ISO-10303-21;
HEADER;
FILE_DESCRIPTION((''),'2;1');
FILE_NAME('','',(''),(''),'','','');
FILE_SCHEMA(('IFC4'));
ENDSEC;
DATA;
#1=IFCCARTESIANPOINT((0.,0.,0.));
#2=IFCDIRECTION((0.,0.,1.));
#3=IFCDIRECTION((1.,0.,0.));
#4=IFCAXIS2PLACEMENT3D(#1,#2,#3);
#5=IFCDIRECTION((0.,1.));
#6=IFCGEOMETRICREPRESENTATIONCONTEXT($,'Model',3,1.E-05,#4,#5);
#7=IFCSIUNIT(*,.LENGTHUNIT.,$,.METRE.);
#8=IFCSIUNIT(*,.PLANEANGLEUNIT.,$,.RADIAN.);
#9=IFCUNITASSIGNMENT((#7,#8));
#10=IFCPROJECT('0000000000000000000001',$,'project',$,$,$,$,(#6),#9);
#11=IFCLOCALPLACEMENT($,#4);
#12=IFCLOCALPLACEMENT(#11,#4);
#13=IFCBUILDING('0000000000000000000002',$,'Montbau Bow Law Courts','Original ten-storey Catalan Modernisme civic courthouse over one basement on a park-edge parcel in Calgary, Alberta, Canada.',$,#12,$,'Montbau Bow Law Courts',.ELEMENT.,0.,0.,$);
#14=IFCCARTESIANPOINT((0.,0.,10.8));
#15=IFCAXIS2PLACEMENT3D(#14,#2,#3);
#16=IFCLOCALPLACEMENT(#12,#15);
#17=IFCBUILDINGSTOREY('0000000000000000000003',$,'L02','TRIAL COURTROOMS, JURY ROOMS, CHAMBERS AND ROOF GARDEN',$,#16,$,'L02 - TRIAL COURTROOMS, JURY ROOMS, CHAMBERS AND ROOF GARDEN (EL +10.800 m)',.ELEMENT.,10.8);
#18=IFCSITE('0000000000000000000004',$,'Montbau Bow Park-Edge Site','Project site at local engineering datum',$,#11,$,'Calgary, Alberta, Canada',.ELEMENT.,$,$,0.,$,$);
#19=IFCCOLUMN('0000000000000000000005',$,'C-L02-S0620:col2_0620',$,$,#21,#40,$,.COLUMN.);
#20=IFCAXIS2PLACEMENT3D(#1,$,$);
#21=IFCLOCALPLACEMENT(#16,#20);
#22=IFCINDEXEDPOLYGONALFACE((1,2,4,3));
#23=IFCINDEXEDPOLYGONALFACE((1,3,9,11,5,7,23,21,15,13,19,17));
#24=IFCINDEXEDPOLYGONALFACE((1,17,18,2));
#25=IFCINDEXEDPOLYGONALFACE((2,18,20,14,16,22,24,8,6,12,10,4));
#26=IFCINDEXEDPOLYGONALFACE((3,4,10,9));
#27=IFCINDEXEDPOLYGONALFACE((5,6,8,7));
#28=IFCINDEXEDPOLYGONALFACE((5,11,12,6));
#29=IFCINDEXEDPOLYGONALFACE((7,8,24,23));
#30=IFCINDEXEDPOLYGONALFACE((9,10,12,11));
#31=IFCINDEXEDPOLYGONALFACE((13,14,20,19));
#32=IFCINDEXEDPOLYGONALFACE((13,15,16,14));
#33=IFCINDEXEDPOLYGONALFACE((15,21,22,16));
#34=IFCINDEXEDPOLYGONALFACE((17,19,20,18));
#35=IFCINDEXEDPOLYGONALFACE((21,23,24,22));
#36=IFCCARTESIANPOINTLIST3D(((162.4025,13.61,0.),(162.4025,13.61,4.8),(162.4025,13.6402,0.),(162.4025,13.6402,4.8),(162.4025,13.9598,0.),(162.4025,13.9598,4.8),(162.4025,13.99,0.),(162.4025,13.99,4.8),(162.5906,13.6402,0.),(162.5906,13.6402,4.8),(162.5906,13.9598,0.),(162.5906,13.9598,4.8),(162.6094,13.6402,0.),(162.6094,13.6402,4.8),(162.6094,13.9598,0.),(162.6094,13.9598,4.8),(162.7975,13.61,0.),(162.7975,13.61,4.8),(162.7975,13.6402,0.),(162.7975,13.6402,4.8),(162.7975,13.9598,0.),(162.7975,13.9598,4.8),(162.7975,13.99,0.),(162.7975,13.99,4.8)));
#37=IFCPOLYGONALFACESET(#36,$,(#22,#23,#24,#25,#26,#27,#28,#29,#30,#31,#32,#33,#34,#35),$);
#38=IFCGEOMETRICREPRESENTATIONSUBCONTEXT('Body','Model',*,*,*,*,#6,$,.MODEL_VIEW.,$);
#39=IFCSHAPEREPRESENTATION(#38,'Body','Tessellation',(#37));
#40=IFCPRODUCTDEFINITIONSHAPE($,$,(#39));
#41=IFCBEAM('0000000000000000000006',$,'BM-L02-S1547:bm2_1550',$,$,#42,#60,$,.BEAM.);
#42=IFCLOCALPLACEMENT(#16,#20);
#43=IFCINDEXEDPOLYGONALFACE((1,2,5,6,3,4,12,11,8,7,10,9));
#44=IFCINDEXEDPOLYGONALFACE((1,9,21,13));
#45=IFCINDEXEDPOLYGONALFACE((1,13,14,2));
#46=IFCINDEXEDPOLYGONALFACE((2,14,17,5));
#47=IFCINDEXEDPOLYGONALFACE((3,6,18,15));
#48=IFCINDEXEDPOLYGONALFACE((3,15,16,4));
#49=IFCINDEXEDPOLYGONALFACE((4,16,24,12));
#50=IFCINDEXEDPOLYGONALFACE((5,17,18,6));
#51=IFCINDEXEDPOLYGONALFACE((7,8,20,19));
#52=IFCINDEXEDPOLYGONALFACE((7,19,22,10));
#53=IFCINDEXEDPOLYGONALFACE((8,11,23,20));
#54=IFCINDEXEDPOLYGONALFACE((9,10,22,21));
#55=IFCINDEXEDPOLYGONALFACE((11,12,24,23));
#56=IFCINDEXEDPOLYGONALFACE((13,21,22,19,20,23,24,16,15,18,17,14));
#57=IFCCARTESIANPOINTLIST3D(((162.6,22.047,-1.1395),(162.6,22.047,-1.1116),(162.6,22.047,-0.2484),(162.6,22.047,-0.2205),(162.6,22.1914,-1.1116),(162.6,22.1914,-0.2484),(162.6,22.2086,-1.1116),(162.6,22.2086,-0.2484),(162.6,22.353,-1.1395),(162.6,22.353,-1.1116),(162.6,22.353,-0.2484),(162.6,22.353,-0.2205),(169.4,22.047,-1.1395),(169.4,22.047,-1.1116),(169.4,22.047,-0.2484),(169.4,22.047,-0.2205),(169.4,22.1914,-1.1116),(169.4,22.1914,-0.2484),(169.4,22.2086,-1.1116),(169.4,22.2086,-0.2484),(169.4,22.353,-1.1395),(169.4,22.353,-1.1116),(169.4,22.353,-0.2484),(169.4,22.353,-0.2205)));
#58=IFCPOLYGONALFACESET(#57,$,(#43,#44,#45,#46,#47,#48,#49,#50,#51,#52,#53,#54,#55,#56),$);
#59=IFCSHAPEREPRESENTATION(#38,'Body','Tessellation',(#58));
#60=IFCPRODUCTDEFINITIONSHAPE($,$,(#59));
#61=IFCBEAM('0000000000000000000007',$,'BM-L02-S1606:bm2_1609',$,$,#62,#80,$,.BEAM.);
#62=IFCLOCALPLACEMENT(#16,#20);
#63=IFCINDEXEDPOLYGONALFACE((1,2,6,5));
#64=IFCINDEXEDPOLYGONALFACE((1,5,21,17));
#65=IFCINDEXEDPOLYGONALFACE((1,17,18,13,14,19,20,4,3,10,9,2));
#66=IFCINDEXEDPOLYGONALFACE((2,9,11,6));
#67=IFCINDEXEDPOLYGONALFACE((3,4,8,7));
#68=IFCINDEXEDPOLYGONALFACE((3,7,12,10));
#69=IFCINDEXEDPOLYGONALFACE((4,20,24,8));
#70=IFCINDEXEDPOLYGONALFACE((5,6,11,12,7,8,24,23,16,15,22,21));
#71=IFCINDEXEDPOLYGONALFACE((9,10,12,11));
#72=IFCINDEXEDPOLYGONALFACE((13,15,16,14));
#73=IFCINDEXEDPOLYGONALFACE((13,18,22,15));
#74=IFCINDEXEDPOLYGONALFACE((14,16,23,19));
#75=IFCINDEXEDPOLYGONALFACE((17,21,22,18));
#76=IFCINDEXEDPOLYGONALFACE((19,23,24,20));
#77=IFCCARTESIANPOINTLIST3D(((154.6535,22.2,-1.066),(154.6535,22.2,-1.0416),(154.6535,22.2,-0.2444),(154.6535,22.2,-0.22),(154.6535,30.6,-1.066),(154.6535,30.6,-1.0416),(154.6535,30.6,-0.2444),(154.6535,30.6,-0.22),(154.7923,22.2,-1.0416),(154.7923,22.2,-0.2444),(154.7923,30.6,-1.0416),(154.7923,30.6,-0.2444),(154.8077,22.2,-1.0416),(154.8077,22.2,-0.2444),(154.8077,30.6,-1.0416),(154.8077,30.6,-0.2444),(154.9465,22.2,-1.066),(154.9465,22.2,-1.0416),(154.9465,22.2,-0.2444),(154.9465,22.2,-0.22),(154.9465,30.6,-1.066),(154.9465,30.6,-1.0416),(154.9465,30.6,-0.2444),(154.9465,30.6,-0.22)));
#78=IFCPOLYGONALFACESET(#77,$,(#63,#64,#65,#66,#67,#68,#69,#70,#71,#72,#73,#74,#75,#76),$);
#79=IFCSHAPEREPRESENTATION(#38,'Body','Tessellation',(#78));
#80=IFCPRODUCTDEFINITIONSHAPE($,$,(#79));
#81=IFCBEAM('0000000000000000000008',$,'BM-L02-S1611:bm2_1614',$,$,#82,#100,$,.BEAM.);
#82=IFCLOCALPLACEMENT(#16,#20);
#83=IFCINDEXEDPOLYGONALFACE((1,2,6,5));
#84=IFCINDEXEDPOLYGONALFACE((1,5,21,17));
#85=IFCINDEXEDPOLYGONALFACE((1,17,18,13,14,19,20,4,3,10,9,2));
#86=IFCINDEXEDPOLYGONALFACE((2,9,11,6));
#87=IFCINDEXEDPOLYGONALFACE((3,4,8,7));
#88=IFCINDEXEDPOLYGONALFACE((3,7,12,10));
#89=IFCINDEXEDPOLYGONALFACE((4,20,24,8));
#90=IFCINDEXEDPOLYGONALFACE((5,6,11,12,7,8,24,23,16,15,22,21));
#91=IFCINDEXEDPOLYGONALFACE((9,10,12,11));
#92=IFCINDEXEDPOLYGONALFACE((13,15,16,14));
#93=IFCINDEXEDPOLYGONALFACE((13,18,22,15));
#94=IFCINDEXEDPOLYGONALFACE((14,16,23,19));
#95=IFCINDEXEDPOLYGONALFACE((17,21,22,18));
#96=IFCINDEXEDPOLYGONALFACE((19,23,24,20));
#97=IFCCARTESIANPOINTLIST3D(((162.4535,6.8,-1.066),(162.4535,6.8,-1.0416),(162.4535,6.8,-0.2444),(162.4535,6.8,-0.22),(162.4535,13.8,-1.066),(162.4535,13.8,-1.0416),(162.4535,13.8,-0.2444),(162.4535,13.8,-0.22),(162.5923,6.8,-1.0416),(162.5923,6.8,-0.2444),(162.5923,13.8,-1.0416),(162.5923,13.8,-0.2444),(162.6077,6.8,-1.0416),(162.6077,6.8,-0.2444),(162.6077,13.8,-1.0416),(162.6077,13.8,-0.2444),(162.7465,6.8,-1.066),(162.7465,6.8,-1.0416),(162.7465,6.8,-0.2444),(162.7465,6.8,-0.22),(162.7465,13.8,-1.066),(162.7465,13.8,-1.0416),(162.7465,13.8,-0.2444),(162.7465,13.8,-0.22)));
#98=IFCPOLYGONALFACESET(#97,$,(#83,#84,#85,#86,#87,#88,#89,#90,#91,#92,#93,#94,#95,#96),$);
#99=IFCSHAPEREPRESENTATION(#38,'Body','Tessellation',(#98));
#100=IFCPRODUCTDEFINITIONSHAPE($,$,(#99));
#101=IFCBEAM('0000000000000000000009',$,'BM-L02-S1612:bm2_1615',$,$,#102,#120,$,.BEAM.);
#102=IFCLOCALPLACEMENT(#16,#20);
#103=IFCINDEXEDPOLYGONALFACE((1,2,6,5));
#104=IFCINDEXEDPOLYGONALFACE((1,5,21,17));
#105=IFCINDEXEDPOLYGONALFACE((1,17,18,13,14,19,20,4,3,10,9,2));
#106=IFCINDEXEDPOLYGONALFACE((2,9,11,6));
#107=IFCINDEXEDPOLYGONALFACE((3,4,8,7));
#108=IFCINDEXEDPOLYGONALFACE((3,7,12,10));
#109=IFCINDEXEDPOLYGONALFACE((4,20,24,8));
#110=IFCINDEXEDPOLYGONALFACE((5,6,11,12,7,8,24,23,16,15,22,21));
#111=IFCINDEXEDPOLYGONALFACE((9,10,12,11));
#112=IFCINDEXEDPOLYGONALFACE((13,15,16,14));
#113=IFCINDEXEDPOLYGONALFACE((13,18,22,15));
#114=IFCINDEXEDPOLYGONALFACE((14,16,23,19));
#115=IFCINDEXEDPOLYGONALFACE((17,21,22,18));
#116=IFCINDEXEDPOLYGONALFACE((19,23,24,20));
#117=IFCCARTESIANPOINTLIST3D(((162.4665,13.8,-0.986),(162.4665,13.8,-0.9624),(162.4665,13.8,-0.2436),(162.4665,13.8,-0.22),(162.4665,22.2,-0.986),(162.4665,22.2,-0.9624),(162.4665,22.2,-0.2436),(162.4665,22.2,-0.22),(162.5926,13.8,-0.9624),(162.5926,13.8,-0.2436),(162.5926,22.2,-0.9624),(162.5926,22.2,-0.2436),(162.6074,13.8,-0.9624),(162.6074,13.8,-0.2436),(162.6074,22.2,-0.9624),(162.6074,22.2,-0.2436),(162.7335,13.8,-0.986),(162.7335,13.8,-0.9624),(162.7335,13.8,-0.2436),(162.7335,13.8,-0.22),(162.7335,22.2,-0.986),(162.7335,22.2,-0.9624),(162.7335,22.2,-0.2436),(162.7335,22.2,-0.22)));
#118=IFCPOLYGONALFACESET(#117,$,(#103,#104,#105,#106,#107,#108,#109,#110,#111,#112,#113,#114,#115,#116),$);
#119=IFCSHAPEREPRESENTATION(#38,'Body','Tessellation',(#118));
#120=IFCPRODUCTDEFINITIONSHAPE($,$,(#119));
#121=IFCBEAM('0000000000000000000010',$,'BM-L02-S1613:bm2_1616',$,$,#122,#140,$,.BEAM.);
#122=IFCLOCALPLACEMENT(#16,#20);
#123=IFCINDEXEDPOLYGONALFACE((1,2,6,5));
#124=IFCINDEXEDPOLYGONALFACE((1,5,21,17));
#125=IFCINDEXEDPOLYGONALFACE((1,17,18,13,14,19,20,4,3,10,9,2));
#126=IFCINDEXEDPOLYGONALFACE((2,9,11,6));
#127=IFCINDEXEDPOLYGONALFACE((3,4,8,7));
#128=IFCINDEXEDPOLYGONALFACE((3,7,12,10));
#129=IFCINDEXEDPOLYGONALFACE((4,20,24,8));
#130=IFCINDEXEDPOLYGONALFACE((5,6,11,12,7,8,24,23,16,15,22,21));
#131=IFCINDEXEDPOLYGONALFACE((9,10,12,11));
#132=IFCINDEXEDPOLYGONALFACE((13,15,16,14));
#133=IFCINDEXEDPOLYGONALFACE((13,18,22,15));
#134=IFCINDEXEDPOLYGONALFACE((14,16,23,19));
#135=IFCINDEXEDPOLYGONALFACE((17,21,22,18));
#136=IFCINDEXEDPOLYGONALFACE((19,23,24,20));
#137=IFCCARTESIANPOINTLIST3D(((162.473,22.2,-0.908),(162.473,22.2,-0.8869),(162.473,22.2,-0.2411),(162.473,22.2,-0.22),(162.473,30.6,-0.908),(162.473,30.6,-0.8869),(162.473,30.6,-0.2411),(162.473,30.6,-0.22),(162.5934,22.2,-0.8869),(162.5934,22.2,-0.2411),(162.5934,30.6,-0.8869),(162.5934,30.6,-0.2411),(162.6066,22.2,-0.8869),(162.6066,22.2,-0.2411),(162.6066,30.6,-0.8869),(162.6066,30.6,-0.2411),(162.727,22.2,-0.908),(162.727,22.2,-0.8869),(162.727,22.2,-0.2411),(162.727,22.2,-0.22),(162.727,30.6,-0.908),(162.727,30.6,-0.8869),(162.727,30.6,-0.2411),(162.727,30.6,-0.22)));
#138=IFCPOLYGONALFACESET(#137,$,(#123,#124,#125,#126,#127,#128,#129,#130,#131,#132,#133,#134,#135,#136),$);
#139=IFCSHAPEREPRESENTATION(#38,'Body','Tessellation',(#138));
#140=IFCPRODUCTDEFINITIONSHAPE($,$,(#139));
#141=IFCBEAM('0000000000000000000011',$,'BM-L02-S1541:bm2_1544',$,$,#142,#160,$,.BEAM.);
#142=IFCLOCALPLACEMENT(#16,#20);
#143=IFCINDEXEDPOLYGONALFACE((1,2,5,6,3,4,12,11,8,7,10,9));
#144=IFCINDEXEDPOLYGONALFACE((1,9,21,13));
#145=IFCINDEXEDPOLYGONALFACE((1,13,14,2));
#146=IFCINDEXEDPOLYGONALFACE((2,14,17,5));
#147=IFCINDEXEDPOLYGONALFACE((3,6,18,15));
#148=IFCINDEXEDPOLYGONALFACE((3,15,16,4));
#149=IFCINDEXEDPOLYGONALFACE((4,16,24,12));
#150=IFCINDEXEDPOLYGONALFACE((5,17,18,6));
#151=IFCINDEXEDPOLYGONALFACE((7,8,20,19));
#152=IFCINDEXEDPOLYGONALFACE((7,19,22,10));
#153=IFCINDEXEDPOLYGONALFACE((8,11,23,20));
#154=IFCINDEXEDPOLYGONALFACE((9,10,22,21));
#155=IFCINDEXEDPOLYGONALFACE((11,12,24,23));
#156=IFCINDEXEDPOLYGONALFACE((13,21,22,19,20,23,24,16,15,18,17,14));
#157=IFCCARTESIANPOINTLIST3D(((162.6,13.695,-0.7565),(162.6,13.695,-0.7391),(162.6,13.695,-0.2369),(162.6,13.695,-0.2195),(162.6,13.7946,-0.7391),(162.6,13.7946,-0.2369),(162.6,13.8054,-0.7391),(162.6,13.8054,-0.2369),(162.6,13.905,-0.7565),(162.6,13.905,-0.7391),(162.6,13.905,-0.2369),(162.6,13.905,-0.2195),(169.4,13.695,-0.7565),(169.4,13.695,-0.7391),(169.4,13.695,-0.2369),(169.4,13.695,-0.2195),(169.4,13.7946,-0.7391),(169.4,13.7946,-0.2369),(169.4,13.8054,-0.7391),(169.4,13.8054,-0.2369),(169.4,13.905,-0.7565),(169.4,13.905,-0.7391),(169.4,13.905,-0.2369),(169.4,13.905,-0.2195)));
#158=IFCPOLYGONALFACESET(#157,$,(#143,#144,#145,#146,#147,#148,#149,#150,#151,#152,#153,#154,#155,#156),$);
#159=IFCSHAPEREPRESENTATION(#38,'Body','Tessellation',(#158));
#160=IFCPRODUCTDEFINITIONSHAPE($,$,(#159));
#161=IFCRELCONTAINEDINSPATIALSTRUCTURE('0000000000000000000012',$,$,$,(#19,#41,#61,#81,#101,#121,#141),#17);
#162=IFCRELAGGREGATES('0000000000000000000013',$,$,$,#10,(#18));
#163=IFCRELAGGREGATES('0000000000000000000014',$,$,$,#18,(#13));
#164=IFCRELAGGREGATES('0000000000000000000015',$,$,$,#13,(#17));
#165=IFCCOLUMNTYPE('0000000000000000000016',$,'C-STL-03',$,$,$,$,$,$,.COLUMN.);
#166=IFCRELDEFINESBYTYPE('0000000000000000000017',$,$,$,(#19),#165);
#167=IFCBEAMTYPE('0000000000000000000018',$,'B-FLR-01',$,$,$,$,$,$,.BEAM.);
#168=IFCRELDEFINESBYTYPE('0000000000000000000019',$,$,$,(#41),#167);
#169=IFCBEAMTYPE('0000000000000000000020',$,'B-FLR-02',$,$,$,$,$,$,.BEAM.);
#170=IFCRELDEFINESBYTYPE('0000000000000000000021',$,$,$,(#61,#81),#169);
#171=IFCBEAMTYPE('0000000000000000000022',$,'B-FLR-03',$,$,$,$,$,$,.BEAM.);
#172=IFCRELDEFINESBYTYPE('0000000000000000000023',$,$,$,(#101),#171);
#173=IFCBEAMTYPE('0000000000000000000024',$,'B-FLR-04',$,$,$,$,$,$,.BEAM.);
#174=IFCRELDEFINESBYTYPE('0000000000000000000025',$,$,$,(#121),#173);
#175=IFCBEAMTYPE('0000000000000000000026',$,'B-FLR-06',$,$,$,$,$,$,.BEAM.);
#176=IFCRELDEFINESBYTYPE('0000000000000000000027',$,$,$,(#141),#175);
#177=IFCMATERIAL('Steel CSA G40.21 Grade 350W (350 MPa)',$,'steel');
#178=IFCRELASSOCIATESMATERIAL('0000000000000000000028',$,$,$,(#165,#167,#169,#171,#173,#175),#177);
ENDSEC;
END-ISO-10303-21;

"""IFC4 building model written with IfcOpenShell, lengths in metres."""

from ifc_helpers import new_model, si_unit, direction, frame, origin_with_axes, origin_2d_with_axis, place, context, subcontext, project, spatial, i_section, extrude, material, material_profile, profile_set, type_object, element, save


model = new_model("IFC4")

# Units and contexts
model_context = context("Model", 3, precision=1e-05, world=origin_with_axes(), true_north=direction((0.0, 1.0)))
body_context = subcontext(model_context, "Body", "Model", "MODEL_VIEW")
ifc_project = project(units=[si_unit("LENGTHUNIT", "METRE"), si_unit("PLANEANGLEUNIT", "RADIAN")], contexts=[model_context])

# Site, building, storey
site_placement = place(None, origin_with_axes())
site = spatial("IfcSite", under=ifc_project, at=site_placement, Name="Montbau Bow Park-Edge Site", Description="Project site at local engineering datum", LongName="Calgary, Alberta, Canada", CompositionType="ELEMENT", RefElevation=0.0)
building_placement = place(site_placement, origin_with_axes())
building = spatial("IfcBuilding", under=site, at=building_placement, Name="Montbau Bow Law Courts", Description="Original ten-storey Catalan Modernisme civic courthouse over one basement on a park-edge parcel in Calgary, Alberta, Canada.", LongName="Montbau Bow Law Courts", CompositionType="ELEMENT", ElevationOfRefHeight=0.0, ElevationOfTerrain=0.0)
storey_placement = place(building_placement, frame((0.0, 0.0, 10.8), z_axis=(0.0, 0.0, 1.0), x_axis=(1.0, 0.0, 0.0)))
storey = spatial("IfcBuildingStorey", under=building, at=storey_placement, Name="L02", Description="TRIAL COURTROOMS, JURY ROOMS, CHAMBERS AND ROOF GARDEN", LongName="L02 - TRIAL COURTROOMS, JURY ROOMS, CHAMBERS AND ROOF GARDEN (EL +10.800 m)", CompositionType="ELEMENT", Elevation=10.8)

# Column
ifc_material_1 = material(Name="Steel CSA G40.21 Grade 350W (350 MPa)", Category="steel")
ifc_material_profile_1 = material_profile(ifc_material_1, i_section(OverallWidth=0.395, OverallDepth=0.38, WebThickness=0.0189, FlangeThickness=0.0302, at=origin_2d_with_axis()), Name="W360X237", Category="Main", Priority=0)
ifc_profile_set_1 = profile_set([ifc_material_profile_1], Name="Steel CSA G40.21 Grade 350W (350 MPa)")
column_type_1 = type_object("IfcColumnType", Name="C-STL-03", PredefinedType="COLUMN", material=ifc_profile_set_1)
column_placement = place(None, frame((162.6, 13.8, 10.8), z_axis=(0.0, 0.0, 1.0), x_axis=(1.0, 0.0, 0.0)))
element("IfcColumn", 1, at=column_placement, inside=storey, type_object=column_type_1, Name="C-L02-S0620:col2_0620", PredefinedType="COLUMN", context=body_context, shape_type="SweptSolid", body=[
    extrude(i_section(OverallWidth=0.395, OverallDepth=0.38, WebThickness=0.0189, FlangeThickness=0.0302, at=origin_2d_with_axis()), origin_with_axes(), (0.0, 0.0, 1.0), 4.8),
])

# Beams
ifc_material_profile_2 = material_profile(ifc_material_1, i_section(OverallWidth=0.306, OverallDepth=0.919, WebThickness=0.0173, FlangeThickness=0.0279, at=origin_2d_with_axis()), Name="W920X253", Category="Main", Priority=0)
ifc_profile_set_2 = profile_set([ifc_material_profile_2], Name="Steel CSA G40.21 Grade 350W (350 MPa)")
beam_type_1 = type_object("IfcBeamType", Name="B-FLR-01", PredefinedType="BEAM", material=ifc_profile_set_2)
beam_1_placement = place(None, frame((162.6, 22.2, 10.12), z_axis=(1.0, 0.0, 0.0), x_axis=(0.0, 1.0, 0.0)))
element("IfcBeam", 2, at=beam_1_placement, inside=storey, type_object=beam_type_1, Name="BM-L02-S1547:bm2_1550", PredefinedType="BEAM", context=body_context, shape_type="SweptSolid", body=[
    extrude(i_section(OverallWidth=0.306, OverallDepth=0.919, WebThickness=0.0173, FlangeThickness=0.0279, at=origin_2d_with_axis()), origin_with_axes(), (0.0, 0.0, 1.0), 6.8),
])
ifc_material_profile_3 = material_profile(ifc_material_1, i_section(OverallWidth=0.293, OverallDepth=0.846, WebThickness=0.0154, FlangeThickness=0.0244, at=origin_2d_with_axis()), Name="W840X210", Category="Main", Priority=0)
ifc_profile_set_3 = profile_set([ifc_material_profile_3], Name="Steel CSA G40.21 Grade 350W (350 MPa)")
beam_type_2 = type_object("IfcBeamType", Name="B-FLR-02", PredefinedType="BEAM", material=ifc_profile_set_3)
beam_2_placement = place(None, frame((154.8, 22.2, 10.157), z_axis=(0.0, 1.0, 0.0), x_axis=(-1.0, 0.0, 0.0)))
element("IfcBeam", 3, at=beam_2_placement, inside=storey, type_object=beam_type_2, Name="BM-L02-S1606:bm2_1609", PredefinedType="BEAM", context=body_context, shape_type="SweptSolid", body=[
    extrude(i_section(OverallWidth=0.293, OverallDepth=0.846, WebThickness=0.0154, FlangeThickness=0.0244, at=origin_2d_with_axis()), origin_with_axes(), (0.0, 0.0, 1.0), 8.4),
])
beam_3_placement = place(None, frame((162.6, 6.8, 10.157), z_axis=(0.0, 1.0, 0.0), x_axis=(-1.0, 0.0, 0.0)))
element("IfcBeam", 4, at=beam_3_placement, inside=storey, type_object=beam_type_2, Name="BM-L02-S1611:bm2_1614", PredefinedType="BEAM", context=body_context, shape_type="SweptSolid", body=[
    extrude(i_section(OverallWidth=0.293, OverallDepth=0.846, WebThickness=0.0154, FlangeThickness=0.0244, at=origin_2d_with_axis()), origin_with_axes(), (0.0, 0.0, 1.0), 7.0),
])
ifc_material_profile_4 = material_profile(ifc_material_1, i_section(OverallWidth=0.267, OverallDepth=0.766, WebThickness=0.0149, FlangeThickness=0.0236, at=origin_2d_with_axis()), Name="W760X185", Category="Main", Priority=0)
ifc_profile_set_4 = profile_set([ifc_material_profile_4], Name="Steel CSA G40.21 Grade 350W (350 MPa)")
beam_type_3 = type_object("IfcBeamType", Name="B-FLR-03", PredefinedType="BEAM", material=ifc_profile_set_4)
beam_4_placement = place(None, frame((162.6, 13.8, 10.197), z_axis=(0.0, 1.0, 0.0), x_axis=(-1.0, 0.0, 0.0)))
element("IfcBeam", 5, at=beam_4_placement, inside=storey, type_object=beam_type_3, Name="BM-L02-S1612:bm2_1615", PredefinedType="BEAM", context=body_context, shape_type="SweptSolid", body=[
    extrude(i_section(OverallWidth=0.267, OverallDepth=0.766, WebThickness=0.0149, FlangeThickness=0.0236, at=origin_2d_with_axis()), origin_with_axes(), (0.0, 0.0, 1.0), 8.4),
])
ifc_material_profile_5 = material_profile(ifc_material_1, i_section(OverallWidth=0.254, OverallDepth=0.688, WebThickness=0.0131, FlangeThickness=0.0211, at=origin_2d_with_axis()), Name="W690X152", Category="Main", Priority=0)
ifc_profile_set_5 = profile_set([ifc_material_profile_5], Name="Steel CSA G40.21 Grade 350W (350 MPa)")
beam_type_4 = type_object("IfcBeamType", Name="B-FLR-04", PredefinedType="BEAM", material=ifc_profile_set_5)
beam_5_placement = place(None, frame((162.6, 22.2, 10.236), z_axis=(0.0, 1.0, 0.0), x_axis=(-1.0, 0.0, 0.0)))
element("IfcBeam", 6, at=beam_5_placement, inside=storey, type_object=beam_type_4, Name="BM-L02-S1613:bm2_1616", PredefinedType="BEAM", context=body_context, shape_type="SweptSolid", body=[
    extrude(i_section(OverallWidth=0.254, OverallDepth=0.688, WebThickness=0.0131, FlangeThickness=0.0211, at=origin_2d_with_axis()), origin_with_axes(), (0.0, 0.0, 1.0), 8.4),
])
ifc_material_profile_6 = material_profile(ifc_material_1, i_section(OverallWidth=0.21, OverallDepth=0.537, WebThickness=0.0109, FlangeThickness=0.0174, at=origin_2d_with_axis()), Name="W530X101", Category="Main", Priority=0)
ifc_profile_set_6 = profile_set([ifc_material_profile_6], Name="Steel CSA G40.21 Grade 350W (350 MPa)")
beam_type_5 = type_object("IfcBeamType", Name="B-FLR-06", PredefinedType="BEAM", material=ifc_profile_set_6)
beam_6_placement = place(None, frame((162.6, 13.8, 10.312), z_axis=(1.0, 0.0, 0.0), x_axis=(0.0, 1.0, 0.0)))
element("IfcBeam", 7, at=beam_6_placement, inside=storey, type_object=beam_type_5, Name="BM-L02-S1541:bm2_1544", PredefinedType="BEAM", context=body_context, shape_type="SweptSolid", body=[
    extrude(i_section(OverallWidth=0.21, OverallDepth=0.537, WebThickness=0.0109, FlangeThickness=0.0174, at=origin_2d_with_axis()), origin_with_axes(), (0.0, 0.0, 1.0), 6.8),
])

save(model, "model.ifc")
